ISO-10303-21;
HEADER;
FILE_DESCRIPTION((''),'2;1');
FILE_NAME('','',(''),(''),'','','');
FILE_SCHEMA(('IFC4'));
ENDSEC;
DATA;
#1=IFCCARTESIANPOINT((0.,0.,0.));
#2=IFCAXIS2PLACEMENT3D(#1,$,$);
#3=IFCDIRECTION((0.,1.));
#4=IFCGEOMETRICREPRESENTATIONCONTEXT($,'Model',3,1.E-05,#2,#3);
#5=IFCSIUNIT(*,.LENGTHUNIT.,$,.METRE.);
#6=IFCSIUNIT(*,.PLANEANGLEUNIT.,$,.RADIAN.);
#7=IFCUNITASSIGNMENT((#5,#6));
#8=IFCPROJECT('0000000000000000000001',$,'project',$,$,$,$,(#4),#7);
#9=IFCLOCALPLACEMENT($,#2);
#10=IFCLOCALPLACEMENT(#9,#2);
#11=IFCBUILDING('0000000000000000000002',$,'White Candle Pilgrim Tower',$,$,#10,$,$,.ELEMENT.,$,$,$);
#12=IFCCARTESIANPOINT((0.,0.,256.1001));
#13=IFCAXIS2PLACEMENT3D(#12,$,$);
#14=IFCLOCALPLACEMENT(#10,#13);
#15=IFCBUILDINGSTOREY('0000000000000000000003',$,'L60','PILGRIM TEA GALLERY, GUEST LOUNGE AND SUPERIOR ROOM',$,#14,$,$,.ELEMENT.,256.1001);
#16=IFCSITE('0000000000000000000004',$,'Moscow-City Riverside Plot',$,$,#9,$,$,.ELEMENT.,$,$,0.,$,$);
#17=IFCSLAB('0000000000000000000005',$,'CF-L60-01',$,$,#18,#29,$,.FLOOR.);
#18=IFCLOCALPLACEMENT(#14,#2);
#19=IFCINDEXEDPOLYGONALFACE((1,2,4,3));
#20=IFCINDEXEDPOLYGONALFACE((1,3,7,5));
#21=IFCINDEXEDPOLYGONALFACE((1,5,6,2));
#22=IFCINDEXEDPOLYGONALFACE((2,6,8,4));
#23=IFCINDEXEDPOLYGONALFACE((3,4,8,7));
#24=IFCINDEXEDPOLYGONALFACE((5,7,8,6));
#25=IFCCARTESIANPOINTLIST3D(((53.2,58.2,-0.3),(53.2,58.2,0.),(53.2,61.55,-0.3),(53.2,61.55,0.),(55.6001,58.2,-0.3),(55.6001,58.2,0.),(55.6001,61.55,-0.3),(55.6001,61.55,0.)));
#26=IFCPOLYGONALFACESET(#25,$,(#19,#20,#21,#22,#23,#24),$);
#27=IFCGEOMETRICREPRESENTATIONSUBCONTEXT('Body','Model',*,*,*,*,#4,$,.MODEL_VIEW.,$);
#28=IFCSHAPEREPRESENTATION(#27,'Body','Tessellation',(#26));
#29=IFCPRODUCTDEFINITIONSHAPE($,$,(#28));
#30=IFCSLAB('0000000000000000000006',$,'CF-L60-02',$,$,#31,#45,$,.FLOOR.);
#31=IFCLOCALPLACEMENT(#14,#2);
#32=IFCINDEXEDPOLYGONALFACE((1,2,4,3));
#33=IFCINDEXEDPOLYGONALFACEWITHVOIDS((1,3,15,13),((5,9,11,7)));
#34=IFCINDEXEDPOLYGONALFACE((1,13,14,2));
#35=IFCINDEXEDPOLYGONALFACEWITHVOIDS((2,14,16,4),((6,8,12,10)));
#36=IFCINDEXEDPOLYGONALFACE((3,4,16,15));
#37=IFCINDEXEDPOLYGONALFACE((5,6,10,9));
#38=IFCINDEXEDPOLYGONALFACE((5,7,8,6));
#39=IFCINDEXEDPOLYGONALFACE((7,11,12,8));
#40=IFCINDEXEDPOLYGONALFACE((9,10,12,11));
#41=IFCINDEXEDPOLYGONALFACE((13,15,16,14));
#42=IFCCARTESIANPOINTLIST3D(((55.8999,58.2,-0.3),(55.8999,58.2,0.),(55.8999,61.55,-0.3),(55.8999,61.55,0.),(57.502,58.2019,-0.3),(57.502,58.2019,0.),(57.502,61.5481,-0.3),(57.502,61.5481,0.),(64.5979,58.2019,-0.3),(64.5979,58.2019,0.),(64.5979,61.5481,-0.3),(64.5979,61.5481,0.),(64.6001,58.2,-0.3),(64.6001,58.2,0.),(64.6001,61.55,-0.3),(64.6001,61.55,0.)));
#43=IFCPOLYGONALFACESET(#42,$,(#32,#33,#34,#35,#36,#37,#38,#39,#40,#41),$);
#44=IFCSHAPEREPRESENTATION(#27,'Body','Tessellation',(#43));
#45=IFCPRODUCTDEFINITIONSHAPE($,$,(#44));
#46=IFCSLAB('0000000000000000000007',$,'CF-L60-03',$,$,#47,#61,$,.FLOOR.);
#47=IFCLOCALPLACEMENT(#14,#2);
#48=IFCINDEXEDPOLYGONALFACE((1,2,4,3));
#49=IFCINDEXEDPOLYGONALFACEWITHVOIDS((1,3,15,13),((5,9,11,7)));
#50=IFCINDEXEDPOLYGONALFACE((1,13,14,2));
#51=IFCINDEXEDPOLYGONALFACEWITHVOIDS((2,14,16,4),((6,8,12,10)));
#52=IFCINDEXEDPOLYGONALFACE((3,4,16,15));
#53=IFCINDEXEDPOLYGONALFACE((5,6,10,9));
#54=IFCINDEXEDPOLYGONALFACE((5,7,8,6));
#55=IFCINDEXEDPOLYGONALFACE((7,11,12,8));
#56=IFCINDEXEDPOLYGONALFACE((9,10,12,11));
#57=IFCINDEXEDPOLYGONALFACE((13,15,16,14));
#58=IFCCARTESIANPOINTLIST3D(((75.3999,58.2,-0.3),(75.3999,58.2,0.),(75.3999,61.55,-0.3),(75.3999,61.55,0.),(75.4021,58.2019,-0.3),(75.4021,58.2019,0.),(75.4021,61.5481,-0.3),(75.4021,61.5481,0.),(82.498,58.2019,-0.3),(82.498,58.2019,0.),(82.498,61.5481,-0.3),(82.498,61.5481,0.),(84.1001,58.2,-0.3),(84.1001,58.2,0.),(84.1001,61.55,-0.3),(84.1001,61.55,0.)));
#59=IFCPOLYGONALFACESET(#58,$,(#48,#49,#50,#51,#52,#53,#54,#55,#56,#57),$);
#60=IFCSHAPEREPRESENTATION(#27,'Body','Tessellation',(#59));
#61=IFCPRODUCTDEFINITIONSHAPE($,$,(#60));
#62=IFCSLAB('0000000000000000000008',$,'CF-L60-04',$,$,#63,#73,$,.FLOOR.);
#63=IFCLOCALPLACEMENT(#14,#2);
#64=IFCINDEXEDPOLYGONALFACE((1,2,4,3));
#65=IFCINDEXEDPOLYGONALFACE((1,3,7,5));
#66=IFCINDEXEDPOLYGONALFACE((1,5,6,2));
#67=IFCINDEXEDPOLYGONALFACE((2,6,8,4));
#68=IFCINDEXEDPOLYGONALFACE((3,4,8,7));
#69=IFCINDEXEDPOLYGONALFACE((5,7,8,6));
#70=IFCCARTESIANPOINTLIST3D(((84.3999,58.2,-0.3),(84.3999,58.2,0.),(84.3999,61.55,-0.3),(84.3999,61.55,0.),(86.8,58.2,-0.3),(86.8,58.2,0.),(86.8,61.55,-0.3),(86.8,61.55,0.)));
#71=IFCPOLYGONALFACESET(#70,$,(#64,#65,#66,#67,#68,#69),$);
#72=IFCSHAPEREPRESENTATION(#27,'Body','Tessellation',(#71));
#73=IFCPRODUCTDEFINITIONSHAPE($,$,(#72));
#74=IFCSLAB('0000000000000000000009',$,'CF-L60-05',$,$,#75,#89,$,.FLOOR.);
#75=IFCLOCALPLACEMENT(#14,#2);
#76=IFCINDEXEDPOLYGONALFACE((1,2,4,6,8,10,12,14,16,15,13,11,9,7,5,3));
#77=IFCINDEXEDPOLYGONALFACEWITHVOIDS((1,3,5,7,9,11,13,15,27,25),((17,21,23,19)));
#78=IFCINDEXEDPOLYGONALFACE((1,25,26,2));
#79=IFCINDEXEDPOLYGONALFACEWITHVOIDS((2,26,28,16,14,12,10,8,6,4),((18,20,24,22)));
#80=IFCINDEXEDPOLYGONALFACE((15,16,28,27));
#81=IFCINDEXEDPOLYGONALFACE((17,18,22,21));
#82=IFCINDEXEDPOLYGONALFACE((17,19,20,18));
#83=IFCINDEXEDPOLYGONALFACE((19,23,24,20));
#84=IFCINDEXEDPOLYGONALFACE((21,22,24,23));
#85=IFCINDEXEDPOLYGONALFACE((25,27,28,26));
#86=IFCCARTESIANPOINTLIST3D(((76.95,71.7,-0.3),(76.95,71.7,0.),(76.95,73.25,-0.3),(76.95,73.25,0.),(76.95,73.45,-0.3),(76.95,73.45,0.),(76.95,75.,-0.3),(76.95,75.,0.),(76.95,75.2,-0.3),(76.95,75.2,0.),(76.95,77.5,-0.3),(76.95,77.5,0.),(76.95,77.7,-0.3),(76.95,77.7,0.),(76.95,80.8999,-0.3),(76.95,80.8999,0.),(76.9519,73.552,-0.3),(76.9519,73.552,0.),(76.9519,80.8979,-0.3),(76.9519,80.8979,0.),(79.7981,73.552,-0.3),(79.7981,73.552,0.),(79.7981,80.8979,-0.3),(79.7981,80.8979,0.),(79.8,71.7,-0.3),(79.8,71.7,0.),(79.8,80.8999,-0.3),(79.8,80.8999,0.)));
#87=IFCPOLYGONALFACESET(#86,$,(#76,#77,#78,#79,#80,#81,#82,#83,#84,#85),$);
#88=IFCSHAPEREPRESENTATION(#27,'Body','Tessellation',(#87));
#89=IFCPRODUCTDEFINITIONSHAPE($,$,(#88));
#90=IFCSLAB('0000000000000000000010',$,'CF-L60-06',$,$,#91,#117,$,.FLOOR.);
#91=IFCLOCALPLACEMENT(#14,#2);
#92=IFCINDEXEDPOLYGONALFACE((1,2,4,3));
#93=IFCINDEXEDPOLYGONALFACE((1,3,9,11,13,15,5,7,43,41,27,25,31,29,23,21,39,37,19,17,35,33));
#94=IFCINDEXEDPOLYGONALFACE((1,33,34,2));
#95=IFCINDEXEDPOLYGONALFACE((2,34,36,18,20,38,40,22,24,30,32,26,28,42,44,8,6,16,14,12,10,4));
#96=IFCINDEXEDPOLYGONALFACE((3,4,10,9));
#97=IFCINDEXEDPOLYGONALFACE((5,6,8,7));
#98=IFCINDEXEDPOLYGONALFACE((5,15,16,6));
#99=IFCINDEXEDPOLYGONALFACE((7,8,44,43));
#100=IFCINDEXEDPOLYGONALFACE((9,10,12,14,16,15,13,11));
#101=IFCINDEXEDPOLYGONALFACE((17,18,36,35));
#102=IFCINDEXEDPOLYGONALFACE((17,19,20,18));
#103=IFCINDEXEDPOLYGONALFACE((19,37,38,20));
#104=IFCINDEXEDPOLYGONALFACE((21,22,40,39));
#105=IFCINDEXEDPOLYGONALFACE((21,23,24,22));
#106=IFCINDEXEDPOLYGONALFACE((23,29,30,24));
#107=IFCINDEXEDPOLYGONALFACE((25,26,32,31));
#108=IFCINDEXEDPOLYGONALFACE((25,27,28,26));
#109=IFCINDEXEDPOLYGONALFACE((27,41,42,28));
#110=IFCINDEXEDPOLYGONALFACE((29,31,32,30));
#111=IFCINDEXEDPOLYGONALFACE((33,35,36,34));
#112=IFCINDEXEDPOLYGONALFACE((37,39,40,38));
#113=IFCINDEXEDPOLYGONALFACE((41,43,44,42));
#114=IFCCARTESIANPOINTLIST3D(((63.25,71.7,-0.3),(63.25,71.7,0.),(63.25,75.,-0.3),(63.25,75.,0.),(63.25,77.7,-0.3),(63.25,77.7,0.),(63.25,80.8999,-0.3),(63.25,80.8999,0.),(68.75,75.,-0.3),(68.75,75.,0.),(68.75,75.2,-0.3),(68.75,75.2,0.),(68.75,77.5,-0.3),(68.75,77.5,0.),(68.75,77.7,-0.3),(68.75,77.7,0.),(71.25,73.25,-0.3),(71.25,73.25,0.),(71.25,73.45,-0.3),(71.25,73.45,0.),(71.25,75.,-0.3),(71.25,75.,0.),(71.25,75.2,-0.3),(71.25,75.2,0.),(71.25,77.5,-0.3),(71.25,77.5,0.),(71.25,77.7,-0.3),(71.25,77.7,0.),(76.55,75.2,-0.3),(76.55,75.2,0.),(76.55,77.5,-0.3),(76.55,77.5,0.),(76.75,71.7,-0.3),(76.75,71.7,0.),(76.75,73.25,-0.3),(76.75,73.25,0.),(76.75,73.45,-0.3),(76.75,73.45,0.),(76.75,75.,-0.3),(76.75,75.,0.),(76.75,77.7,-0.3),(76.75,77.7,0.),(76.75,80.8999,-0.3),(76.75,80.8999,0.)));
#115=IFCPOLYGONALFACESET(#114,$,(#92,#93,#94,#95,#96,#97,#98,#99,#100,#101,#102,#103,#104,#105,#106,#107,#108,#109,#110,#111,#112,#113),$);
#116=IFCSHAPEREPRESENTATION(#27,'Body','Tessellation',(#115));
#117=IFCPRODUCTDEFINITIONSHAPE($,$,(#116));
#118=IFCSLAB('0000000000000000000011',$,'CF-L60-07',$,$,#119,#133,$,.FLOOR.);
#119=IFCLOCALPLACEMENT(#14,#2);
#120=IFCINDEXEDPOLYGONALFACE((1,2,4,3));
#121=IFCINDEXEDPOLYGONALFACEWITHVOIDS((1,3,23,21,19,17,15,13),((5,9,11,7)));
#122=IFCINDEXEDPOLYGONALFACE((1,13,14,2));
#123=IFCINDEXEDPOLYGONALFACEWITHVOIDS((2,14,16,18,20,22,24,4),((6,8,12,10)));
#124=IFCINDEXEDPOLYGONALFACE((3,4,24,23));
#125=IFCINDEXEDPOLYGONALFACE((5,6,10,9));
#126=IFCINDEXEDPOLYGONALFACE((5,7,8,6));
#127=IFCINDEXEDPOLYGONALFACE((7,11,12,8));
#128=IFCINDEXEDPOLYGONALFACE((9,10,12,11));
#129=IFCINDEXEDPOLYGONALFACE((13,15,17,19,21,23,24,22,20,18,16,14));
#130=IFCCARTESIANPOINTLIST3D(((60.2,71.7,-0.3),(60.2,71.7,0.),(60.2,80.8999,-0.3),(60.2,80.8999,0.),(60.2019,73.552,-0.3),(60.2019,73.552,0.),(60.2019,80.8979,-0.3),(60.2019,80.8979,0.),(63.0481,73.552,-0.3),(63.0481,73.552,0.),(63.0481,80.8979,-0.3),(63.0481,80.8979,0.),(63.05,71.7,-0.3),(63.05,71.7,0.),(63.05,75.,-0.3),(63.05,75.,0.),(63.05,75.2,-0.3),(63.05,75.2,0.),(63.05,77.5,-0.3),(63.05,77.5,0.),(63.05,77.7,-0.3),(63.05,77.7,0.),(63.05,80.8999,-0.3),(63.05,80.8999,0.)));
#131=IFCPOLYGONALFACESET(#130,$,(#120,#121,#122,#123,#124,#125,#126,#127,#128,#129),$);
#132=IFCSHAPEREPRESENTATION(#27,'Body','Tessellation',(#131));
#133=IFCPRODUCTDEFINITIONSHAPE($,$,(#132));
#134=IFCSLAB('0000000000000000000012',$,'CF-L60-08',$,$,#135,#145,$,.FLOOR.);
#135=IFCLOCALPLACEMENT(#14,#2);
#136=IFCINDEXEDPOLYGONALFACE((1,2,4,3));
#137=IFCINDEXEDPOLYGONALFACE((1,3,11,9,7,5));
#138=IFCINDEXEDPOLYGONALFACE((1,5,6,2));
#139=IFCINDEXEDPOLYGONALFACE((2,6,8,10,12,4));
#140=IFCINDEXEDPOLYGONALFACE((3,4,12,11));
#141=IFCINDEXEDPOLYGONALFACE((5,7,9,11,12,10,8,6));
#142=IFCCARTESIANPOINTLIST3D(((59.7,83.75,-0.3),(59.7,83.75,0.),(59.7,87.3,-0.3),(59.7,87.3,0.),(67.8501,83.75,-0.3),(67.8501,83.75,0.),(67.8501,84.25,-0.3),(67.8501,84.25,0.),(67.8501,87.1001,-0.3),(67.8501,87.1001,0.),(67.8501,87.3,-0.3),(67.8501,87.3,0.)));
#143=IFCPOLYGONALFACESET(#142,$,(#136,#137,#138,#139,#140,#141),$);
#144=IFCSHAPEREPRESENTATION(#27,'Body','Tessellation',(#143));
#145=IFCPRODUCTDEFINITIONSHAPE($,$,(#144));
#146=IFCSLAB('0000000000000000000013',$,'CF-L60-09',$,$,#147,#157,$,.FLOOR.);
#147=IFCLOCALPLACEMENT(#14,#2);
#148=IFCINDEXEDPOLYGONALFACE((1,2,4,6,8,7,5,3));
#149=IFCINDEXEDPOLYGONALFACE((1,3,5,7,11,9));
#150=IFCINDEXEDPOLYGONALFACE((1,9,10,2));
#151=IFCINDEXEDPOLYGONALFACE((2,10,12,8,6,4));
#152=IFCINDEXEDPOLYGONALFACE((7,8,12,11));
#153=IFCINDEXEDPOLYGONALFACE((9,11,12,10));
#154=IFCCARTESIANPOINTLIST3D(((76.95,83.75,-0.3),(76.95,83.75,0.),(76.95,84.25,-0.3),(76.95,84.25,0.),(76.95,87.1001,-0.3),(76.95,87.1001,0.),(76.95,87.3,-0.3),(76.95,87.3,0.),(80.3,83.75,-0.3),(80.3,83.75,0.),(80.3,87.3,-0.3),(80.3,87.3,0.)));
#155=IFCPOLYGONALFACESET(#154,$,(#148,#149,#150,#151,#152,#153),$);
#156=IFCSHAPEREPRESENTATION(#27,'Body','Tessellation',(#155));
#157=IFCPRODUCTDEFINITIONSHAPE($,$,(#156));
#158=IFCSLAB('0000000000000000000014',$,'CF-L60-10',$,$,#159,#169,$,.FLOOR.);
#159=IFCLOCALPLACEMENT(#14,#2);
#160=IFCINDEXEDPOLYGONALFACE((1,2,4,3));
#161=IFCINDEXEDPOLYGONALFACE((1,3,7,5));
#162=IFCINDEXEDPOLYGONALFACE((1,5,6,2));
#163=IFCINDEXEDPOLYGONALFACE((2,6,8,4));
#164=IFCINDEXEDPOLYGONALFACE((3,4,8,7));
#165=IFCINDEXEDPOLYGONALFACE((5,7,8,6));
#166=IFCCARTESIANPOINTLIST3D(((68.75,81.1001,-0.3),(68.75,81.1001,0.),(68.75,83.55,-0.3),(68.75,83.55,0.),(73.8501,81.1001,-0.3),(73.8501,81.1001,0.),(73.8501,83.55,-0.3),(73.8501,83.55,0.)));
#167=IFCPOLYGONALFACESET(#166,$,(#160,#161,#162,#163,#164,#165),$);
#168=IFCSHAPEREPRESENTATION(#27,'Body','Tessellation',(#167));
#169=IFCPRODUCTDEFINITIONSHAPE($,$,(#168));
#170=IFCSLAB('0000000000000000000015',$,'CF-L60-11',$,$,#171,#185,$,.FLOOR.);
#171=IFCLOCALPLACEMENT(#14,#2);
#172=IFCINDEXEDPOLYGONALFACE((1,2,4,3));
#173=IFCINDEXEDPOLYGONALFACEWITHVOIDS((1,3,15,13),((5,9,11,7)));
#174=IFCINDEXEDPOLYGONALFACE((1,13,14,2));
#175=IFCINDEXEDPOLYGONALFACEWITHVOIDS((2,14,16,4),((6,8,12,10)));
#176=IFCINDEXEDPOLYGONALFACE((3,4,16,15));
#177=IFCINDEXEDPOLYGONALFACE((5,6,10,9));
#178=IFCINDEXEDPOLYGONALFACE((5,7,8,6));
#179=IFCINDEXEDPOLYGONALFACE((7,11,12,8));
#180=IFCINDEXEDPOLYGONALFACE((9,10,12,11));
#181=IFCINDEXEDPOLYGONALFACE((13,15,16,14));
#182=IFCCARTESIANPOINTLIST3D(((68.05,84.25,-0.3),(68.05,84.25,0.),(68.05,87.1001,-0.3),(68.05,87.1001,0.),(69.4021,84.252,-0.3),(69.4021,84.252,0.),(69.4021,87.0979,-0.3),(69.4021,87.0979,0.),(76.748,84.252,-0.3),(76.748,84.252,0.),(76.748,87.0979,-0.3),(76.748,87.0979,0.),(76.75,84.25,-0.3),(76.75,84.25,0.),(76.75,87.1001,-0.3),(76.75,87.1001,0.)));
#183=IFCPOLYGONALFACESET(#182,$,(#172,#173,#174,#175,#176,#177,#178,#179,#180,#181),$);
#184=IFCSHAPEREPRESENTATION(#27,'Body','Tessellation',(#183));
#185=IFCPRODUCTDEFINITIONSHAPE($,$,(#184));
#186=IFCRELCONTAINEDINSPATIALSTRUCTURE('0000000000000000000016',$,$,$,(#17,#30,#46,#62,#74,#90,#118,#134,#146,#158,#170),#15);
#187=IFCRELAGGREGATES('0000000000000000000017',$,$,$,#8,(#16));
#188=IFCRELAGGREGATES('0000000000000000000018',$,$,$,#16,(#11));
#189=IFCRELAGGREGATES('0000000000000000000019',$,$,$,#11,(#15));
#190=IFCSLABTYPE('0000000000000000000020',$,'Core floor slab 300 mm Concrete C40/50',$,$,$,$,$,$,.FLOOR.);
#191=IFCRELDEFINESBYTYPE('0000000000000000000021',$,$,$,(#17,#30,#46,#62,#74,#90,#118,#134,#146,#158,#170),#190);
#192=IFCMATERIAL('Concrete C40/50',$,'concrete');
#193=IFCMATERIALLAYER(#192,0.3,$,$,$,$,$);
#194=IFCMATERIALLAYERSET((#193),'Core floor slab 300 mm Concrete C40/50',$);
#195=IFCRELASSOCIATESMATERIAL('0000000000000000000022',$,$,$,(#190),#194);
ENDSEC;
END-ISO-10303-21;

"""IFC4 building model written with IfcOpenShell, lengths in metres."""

from ifc_helpers import new_model, si_unit, direction, frame, origin, place, context, subcontext, project, spatial, polyline, outline, extrude, material, layer, layer_set, type_object, element, save


model = new_model("IFC4")

# Units and contexts
model_context = context("Model", 3, precision=1e-05, world=origin(), true_north=direction((0.0, 1.0)))
body_context = subcontext(model_context, "Body", "Model", "MODEL_VIEW")
ifc_project = project(units=[si_unit("LENGTHUNIT", "METRE"), si_unit("PLANEANGLEUNIT", "RADIAN")], contexts=[model_context])

# Site, building, storey
site_placement = place(None, origin())
site = spatial("IfcSite", under=ifc_project, at=site_placement, Name="Moscow-City Riverside Plot", CompositionType="ELEMENT", RefElevation=0.0)
building_placement = place(site_placement, origin())
building = spatial("IfcBuilding", under=site, at=building_placement, Name="White Candle Pilgrim Tower", CompositionType="ELEMENT")
storey_placement = place(building_placement, frame((0.0, 0.0, 256.1001)))
storey = spatial("IfcBuildingStorey", under=building, at=storey_placement, Name="L60", Description="PILGRIM TEA GALLERY, GUEST LOUNGE AND SUPERIOR ROOM", CompositionType="ELEMENT", Elevation=256.1001)

# Slabs
ifc_material = material(Name="Concrete C40/50", Category="concrete")
ifc_layer_1 = layer(ifc_material, 0.3)
ifc_layer_set_1 = layer_set([ifc_layer_1], Name="Core floor slab 300 mm Concrete C40/50")
slab_type_1 = type_object("IfcSlabType", Name="Core floor slab 300 mm Concrete C40/50", PredefinedType="FLOOR", material=ifc_layer_set_1)
slab_1_placement = place(storey_placement, frame((0.0, 0.0, -0.3)))
element("IfcSlab", 1, at=slab_1_placement, inside=storey, type_object=slab_type_1, Name="CF-L60-01", PredefinedType="FLOOR", context=body_context, shape_type="SweptSolid", body=[
    extrude(outline(polyline([(55.6001, 58.2), (53.2, 58.2), (53.2, 61.55), (55.6001, 61.55), (55.6001, 58.2)])), origin(), (0.0, 0.0, 1.0), 0.3),
])
slab_2_placement = place(storey_placement, frame((0.0, 0.0, -0.3)))
element("IfcSlab", 2, at=slab_2_placement, inside=storey, type_object=slab_type_1, Name="CF-L60-02", PredefinedType="FLOOR", context=body_context, shape_type="SweptSolid", body=[
    extrude(outline(polyline([(55.8999, 58.2), (55.8999, 61.55), (64.6001, 61.55), (64.6001, 58.2), (55.8999, 58.2)]), holes=[polyline([(57.502, 61.5481), (57.502, 58.2019), (64.5979, 58.2019), (64.5979, 61.5481), (57.502, 61.5481)])]), origin(), (0.0, 0.0, 1.0), 0.3),
])
slab_3_placement = place(storey_placement, frame((0.0, 0.0, -0.3)))
element("IfcSlab", 3, at=slab_3_placement, inside=storey, type_object=slab_type_1, Name="CF-L60-03", PredefinedType="FLOOR", context=body_context, shape_type="SweptSolid", body=[
    extrude(outline(polyline([(75.3999, 58.2), (75.3999, 61.55), (84.1001, 61.55), (84.1001, 58.2), (75.3999, 58.2)]), holes=[polyline([(82.498, 61.5481), (75.4021, 61.5481), (75.4021, 58.2019), (82.498, 58.2019), (82.498, 61.5481)])]), origin(), (0.0, 0.0, 1.0), 0.3),
])
slab_4_placement = place(storey_placement, frame((0.0, 0.0, -0.3)))
element("IfcSlab", 4, at=slab_4_placement, inside=storey, type_object=slab_type_1, Name="CF-L60-04", PredefinedType="FLOOR", context=body_context, shape_type="SweptSolid", body=[
    extrude(outline(polyline([(86.8, 58.2), (84.3999, 58.2), (84.3999, 61.55), (86.8, 61.55), (86.8, 58.2)])), origin(), (0.0, 0.0, 1.0), 0.3),
])
slab_5_placement = place(storey_placement, frame((0.0, 0.0, -0.3)))
element("IfcSlab", 5, at=slab_5_placement, inside=storey, type_object=slab_type_1, Name="CF-L60-05", PredefinedType="FLOOR", context=body_context, shape_type="SweptSolid", body=[
    extrude(outline(polyline([(76.95, 71.7), (76.95, 73.25), (76.95, 73.45), (76.95, 75.0), (76.95, 75.2), (76.95, 77.5), (76.95, 77.7), (76.95, 80.8999), (79.8, 80.8999), (79.8, 71.7), (76.95, 71.7)]), holes=[polyline([(76.9519, 73.552), (79.7981, 73.552), (79.7981, 80.8979), (76.9519, 80.8979), (76.9519, 73.552)])]), origin(), (0.0, 0.0, 1.0), 0.3),
])
slab_6_placement = place(storey_placement, frame((0.0, 0.0, -0.3)))
element("IfcSlab", 6, at=slab_6_placement, inside=storey, type_object=slab_type_1, Name="CF-L60-06", PredefinedType="FLOOR", context=body_context, shape_type="SweptSolid", body=[
    extrude(outline(polyline([(63.25, 71.7), (63.25, 75.0), (68.75, 75.0), (68.75, 75.2), (68.75, 77.5), (68.75, 77.7), (63.25, 77.7), (63.25, 80.8999), (76.75, 80.8999), (76.75, 77.7), (71.25, 77.7), (71.25, 77.5), (76.55, 77.5), (76.55, 75.2), (71.25, 75.2), (71.25, 75.0), (76.75, 75.0), (76.75, 73.45), (71.25, 73.45), (71.25, 73.25), (76.75, 73.25), (76.75, 71.7), (63.25, 71.7)])), origin(), (0.0, 0.0, 1.0), 0.3),
])
slab_7_placement = place(storey_placement, frame((0.0, 0.0, -0.3)))
element("IfcSlab", 7, at=slab_7_placement, inside=storey, type_object=slab_type_1, Name="CF-L60-07", PredefinedType="FLOOR", context=body_context, shape_type="SweptSolid", body=[
    extrude(outline(polyline([(60.2, 71.7), (60.2, 80.8999), (63.05, 80.8999), (63.05, 77.7), (63.05, 77.5), (63.05, 75.2), (63.05, 75.0), (63.05, 71.7), (60.2, 71.7)]), holes=[polyline([(60.2019, 73.552), (63.0481, 73.552), (63.0481, 80.8979), (60.2019, 80.8979), (60.2019, 73.552)])]), origin(), (0.0, 0.0, 1.0), 0.3),
])
slab_8_placement = place(storey_placement, frame((0.0, 0.0, -0.3)))
element("IfcSlab", 8, at=slab_8_placement, inside=storey, type_object=slab_type_1, Name="CF-L60-08", PredefinedType="FLOOR", context=body_context, shape_type="SweptSolid", body=[
    extrude(outline(polyline([(59.7, 87.3), (67.8501, 87.3), (67.8501, 87.1001), (67.8501, 84.25), (67.8501, 83.75), (59.7, 83.75), (59.7, 87.3)])), origin(), (0.0, 0.0, 1.0), 0.3),
])
slab_9_placement = place(storey_placement, frame((0.0, 0.0, -0.3)))
element("IfcSlab", 9, at=slab_9_placement, inside=storey, type_object=slab_type_1, Name="CF-L60-09", PredefinedType="FLOOR", context=body_context, shape_type="SweptSolid", body=[
    extrude(outline(polyline([(80.3, 87.3), (80.3, 83.75), (76.95, 83.75), (76.95, 84.25), (76.95, 87.1001), (76.95, 87.3), (80.3, 87.3)])), origin(), (0.0, 0.0, 1.0), 0.3),
])
slab_10_placement = place(storey_placement, frame((0.0, 0.0, -0.3)))
element("IfcSlab", 10, at=slab_10_placement, inside=storey, type_object=slab_type_1, Name="CF-L60-10", PredefinedType="FLOOR", context=body_context, shape_type="SweptSolid", body=[
    extrude(outline(polyline([(68.75, 81.1001), (68.75, 83.55), (73.8501, 83.55), (73.8501, 81.1001), (68.75, 81.1001)])), origin(), (0.0, 0.0, 1.0), 0.3),
])
slab_11_placement = place(storey_placement, frame((0.0, 0.0, -0.3)))
element("IfcSlab", 11, at=slab_11_placement, inside=storey, type_object=slab_type_1, Name="CF-L60-11", PredefinedType="FLOOR", context=body_context, shape_type="SweptSolid", body=[
    extrude(outline(polyline([(68.05, 87.1001), (76.75, 87.1001), (76.75, 84.25), (68.05, 84.25), (68.05, 87.1001)]), holes=[polyline([(69.4021, 84.252), (76.748, 84.252), (76.748, 87.0979), (69.4021, 87.0979), (69.4021, 84.252)])]), origin(), (0.0, 0.0, 1.0), 0.3),
])

save(model, "model.ifc")
